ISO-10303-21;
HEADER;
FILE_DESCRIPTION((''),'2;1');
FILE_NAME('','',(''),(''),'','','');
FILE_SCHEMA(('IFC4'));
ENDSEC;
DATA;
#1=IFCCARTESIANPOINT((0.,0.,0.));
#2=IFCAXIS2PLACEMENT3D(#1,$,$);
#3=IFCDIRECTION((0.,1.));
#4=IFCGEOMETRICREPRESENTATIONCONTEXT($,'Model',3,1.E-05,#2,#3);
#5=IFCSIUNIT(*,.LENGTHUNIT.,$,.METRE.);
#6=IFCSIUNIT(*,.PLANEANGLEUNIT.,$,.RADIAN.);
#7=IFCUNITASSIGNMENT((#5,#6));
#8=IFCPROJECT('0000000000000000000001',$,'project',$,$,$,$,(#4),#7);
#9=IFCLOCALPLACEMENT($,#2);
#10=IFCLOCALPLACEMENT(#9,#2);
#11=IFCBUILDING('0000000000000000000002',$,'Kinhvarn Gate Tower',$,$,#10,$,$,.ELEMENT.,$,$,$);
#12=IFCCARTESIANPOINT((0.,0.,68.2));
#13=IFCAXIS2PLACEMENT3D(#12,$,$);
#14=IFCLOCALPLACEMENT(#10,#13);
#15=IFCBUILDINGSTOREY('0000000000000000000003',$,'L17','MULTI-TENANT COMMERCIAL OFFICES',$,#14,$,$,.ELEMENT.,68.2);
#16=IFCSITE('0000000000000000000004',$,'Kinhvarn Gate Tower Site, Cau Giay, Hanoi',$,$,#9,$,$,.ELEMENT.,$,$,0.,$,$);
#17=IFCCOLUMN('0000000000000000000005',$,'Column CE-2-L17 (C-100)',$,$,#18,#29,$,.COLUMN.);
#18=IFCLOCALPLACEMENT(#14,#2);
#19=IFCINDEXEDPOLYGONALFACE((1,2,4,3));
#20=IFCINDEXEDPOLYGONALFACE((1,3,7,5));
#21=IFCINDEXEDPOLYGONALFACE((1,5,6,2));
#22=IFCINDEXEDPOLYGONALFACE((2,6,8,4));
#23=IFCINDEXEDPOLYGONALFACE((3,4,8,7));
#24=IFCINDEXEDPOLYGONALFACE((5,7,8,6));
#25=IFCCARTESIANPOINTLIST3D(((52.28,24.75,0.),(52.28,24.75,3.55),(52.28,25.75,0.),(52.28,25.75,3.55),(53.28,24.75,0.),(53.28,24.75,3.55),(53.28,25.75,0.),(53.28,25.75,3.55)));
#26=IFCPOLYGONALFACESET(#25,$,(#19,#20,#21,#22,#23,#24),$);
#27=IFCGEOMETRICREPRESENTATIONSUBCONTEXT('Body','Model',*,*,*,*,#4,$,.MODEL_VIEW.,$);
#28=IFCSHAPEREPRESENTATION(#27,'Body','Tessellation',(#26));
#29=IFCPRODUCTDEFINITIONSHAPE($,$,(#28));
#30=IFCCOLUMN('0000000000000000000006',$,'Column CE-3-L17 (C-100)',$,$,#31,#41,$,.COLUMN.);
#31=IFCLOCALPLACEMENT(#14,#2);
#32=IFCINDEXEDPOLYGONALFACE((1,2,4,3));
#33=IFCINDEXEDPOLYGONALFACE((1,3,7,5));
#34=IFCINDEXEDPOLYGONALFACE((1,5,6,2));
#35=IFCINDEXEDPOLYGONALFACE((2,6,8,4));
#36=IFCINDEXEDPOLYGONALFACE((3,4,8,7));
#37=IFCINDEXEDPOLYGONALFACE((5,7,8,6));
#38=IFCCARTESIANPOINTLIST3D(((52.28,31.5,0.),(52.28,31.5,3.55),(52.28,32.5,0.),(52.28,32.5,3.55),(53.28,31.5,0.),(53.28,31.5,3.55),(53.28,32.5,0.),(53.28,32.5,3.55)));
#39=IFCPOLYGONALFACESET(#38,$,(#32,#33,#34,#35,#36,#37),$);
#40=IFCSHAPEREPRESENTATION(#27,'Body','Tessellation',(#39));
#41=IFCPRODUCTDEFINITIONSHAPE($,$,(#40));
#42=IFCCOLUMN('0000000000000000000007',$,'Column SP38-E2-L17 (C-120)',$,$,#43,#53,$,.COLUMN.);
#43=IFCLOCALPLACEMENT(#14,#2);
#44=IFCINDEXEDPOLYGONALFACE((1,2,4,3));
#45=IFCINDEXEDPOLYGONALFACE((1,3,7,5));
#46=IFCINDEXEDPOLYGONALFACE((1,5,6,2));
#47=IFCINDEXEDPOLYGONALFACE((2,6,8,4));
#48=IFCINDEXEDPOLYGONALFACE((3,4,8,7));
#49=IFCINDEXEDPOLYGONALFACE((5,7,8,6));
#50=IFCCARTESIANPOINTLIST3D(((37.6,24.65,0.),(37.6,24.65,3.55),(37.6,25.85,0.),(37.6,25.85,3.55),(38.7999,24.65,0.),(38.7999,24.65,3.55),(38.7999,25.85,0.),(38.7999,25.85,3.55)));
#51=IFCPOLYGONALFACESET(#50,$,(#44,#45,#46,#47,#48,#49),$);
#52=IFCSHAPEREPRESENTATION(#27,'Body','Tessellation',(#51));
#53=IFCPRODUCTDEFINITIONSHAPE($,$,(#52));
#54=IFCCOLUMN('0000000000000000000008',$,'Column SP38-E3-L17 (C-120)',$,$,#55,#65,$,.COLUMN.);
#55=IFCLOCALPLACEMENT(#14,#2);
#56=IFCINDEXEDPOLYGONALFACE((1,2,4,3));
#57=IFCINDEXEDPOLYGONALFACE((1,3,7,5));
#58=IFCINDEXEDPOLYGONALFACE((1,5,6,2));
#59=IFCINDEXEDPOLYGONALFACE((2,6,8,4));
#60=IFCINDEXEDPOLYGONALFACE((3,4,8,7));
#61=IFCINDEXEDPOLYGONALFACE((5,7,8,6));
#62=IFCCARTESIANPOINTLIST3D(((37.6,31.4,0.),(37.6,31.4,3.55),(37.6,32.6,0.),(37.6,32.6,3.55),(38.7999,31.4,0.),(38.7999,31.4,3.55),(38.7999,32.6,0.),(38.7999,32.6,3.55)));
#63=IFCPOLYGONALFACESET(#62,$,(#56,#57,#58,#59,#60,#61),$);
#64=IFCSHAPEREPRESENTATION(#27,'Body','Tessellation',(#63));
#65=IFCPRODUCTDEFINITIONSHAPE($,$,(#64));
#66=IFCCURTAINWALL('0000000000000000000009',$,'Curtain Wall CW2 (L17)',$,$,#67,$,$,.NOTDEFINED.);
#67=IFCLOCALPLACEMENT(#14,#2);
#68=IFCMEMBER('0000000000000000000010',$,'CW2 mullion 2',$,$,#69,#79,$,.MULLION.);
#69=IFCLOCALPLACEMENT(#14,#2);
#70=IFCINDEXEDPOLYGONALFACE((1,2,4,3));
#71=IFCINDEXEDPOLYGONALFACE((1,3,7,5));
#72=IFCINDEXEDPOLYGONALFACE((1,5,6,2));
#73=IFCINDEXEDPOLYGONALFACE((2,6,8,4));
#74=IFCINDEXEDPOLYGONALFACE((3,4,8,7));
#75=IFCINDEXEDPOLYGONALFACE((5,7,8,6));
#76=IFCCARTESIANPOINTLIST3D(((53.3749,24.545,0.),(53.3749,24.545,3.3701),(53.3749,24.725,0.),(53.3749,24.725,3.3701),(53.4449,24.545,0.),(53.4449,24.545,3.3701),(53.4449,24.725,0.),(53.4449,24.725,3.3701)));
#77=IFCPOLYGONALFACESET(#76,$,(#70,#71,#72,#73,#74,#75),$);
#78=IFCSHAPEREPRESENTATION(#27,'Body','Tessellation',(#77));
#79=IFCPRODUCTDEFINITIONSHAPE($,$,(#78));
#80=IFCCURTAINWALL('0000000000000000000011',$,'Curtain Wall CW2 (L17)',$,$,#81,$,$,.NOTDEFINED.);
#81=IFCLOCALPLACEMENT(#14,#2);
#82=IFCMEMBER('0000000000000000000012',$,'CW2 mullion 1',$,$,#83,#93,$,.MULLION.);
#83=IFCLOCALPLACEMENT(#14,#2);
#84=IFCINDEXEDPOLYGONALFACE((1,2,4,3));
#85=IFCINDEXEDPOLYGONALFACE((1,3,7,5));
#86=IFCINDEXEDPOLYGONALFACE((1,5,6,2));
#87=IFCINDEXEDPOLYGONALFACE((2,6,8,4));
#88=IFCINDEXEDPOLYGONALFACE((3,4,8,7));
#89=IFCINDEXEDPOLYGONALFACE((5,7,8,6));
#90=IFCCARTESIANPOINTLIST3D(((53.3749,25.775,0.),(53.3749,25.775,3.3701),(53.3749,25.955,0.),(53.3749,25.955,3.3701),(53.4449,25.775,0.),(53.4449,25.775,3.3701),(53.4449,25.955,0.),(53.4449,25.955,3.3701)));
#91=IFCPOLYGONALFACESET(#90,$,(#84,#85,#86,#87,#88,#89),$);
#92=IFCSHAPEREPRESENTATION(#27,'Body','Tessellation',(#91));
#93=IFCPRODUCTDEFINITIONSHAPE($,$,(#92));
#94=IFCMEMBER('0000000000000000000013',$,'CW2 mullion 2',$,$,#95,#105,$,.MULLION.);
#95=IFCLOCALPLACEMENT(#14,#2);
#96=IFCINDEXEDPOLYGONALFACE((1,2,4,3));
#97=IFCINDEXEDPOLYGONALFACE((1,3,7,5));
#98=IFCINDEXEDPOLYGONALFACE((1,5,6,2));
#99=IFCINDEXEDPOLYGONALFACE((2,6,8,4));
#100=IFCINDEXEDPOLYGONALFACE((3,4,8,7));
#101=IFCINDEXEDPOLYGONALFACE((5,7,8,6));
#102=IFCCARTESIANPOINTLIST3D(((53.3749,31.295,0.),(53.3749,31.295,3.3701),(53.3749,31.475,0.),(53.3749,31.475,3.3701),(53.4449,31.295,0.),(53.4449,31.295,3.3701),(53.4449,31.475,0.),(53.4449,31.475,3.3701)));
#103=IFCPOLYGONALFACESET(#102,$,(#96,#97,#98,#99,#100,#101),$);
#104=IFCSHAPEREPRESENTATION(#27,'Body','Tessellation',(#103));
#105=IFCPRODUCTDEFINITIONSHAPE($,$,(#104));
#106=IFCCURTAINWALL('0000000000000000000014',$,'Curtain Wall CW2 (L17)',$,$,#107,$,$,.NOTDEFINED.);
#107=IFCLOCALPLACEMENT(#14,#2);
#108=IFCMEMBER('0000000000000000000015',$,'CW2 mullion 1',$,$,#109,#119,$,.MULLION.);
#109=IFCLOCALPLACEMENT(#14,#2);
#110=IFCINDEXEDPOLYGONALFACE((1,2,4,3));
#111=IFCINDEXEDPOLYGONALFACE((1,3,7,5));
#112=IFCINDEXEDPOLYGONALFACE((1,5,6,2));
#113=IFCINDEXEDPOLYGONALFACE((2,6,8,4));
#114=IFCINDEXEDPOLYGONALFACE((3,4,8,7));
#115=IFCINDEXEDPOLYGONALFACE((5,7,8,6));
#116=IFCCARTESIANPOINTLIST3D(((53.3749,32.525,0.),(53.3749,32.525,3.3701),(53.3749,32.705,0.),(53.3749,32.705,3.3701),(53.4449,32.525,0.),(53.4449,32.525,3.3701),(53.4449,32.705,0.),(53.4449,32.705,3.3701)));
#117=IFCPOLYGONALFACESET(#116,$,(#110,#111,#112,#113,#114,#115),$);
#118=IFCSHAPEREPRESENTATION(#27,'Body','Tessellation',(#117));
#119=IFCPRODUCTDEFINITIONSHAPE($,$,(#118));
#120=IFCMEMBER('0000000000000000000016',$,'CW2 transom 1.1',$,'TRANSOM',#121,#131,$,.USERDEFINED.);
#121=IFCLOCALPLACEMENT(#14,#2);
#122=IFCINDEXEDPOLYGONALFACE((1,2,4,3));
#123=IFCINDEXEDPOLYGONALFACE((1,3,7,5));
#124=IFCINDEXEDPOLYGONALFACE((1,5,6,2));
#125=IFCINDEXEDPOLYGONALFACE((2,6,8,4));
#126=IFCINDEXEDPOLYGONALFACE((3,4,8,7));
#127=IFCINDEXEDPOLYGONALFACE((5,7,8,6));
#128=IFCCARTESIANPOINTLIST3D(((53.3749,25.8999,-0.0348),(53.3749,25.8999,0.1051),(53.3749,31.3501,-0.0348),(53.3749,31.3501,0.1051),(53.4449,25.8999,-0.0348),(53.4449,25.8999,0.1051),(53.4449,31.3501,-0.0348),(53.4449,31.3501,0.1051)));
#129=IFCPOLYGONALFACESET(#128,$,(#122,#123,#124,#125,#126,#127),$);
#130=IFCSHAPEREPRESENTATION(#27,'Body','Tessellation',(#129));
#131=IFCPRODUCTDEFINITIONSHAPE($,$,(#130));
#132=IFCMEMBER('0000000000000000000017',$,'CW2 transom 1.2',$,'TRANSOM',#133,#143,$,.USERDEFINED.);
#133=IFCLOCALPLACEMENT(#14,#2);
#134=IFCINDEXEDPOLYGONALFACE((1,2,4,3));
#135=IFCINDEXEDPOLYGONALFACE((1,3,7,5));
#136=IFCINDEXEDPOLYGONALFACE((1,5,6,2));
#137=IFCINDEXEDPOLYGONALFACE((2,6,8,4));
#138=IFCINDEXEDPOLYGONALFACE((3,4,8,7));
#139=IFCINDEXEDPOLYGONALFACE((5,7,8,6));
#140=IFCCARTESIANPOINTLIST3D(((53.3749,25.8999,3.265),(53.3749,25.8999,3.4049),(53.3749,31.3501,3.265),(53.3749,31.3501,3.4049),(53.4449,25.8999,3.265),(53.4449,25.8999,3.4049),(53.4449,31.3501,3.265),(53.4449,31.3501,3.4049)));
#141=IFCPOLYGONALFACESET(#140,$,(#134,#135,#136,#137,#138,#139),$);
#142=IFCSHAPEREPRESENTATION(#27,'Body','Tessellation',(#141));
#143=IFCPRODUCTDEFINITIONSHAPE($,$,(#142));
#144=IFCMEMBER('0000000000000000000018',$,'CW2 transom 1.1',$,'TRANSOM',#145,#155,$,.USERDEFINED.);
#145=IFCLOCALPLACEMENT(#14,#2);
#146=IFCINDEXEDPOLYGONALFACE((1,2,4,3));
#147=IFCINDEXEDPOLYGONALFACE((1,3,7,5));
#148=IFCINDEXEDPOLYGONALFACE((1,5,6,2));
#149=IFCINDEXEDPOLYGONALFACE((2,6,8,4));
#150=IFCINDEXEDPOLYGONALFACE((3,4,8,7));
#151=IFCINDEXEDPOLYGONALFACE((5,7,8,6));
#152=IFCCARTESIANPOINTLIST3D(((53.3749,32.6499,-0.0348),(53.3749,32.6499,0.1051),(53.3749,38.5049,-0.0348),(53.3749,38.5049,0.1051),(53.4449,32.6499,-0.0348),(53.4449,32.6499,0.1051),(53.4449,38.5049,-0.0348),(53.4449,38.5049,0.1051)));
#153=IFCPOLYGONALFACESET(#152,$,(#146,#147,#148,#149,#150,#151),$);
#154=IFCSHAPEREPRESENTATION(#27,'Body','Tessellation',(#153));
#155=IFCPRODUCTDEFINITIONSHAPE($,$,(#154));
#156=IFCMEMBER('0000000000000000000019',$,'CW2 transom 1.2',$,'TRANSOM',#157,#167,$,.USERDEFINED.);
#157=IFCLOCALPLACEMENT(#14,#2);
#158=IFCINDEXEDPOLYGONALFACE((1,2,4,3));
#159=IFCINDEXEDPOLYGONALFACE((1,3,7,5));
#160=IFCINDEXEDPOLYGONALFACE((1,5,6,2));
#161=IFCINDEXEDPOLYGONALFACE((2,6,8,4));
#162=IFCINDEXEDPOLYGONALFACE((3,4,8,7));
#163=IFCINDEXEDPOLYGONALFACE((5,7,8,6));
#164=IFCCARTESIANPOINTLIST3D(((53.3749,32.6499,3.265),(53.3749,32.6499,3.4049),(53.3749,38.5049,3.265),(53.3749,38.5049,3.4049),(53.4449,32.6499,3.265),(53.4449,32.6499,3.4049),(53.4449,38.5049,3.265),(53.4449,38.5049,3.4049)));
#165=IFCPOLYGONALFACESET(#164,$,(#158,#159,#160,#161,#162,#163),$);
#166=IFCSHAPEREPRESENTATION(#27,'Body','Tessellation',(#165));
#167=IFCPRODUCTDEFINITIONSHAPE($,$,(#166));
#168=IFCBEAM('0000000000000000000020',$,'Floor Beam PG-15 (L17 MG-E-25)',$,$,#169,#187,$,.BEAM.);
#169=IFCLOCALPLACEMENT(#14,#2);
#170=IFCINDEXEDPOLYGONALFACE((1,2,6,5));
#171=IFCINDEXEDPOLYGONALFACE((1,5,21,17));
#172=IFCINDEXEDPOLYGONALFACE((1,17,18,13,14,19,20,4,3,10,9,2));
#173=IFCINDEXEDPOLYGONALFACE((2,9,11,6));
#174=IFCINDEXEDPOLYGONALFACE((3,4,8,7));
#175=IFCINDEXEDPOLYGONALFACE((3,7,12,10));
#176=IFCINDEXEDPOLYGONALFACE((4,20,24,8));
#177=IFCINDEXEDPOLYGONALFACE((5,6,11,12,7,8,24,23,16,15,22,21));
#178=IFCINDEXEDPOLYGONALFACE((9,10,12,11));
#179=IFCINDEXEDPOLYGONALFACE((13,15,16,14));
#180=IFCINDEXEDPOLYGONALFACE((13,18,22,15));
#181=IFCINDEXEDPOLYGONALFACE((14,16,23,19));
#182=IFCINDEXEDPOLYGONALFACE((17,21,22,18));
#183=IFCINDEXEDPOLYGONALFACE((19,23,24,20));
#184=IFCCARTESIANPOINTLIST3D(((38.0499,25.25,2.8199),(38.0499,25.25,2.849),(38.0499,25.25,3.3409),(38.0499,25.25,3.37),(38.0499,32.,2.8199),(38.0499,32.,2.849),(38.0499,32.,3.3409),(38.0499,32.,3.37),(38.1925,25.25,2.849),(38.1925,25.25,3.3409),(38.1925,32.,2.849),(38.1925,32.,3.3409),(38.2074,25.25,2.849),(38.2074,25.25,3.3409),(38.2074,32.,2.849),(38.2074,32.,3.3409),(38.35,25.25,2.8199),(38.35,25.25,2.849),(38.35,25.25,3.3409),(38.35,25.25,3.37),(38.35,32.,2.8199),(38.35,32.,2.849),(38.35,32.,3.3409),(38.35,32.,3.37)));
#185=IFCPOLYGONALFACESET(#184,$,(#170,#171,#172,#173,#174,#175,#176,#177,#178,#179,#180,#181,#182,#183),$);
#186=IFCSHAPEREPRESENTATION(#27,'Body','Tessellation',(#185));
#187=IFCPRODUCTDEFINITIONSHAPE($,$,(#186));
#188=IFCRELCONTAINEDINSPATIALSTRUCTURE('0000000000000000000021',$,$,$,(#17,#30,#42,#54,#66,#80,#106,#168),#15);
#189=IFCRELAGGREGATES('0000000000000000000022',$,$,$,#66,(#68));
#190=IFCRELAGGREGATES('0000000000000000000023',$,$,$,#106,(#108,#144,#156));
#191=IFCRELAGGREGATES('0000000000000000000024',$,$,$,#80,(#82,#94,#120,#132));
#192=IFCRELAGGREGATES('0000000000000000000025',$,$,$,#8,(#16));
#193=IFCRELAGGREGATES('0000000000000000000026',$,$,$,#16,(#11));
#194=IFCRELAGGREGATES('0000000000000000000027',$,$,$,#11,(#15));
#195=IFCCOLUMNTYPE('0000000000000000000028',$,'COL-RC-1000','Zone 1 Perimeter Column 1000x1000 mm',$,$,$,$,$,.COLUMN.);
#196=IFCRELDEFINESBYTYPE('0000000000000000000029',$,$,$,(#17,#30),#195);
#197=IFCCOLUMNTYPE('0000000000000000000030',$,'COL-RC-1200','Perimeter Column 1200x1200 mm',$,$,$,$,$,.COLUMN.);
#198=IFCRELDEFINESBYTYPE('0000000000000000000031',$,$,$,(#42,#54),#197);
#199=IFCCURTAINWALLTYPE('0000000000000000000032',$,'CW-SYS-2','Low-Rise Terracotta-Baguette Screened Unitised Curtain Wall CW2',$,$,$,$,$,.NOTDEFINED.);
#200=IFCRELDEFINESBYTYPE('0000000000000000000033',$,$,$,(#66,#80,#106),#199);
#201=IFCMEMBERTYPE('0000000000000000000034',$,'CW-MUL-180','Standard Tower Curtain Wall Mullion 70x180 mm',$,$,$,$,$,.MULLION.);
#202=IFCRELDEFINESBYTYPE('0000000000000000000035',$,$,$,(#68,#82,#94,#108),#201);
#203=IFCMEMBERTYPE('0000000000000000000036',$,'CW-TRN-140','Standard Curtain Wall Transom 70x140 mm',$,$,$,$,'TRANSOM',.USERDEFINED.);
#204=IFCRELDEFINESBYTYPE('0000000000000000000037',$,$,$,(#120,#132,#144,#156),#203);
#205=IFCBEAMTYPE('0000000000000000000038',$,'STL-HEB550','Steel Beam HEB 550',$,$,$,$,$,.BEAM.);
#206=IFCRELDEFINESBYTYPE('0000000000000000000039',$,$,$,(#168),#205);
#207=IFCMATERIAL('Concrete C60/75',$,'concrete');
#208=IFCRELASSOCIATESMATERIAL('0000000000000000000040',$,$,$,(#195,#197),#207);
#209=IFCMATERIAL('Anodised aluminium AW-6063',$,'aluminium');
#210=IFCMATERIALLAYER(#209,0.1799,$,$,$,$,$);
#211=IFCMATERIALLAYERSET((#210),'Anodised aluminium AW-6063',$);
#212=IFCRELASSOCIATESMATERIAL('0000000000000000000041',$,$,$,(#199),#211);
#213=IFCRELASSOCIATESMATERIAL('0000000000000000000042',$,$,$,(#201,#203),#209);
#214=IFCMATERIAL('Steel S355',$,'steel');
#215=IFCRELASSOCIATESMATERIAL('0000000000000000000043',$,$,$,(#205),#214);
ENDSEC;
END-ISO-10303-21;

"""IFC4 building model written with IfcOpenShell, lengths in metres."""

from ifc_helpers import new_model, si_unit, direction, frame, origin, origin_2d, place, context, subcontext, project, spatial, rectangle, i_section, extrude, material, layer, layer_set, material_profile, profile_set, type_object, element, aggregate, save


model = new_model("IFC4")

# Units and contexts
model_context = context("Model", 3, precision=1e-05, world=origin(), true_north=direction((0.0, 1.0)))
body_context = subcontext(model_context, "Body", "Model", "MODEL_VIEW")
ifc_project = project(units=[si_unit("LENGTHUNIT", "METRE"), si_unit("PLANEANGLEUNIT", "RADIAN")], contexts=[model_context])

# Site, building, storey
site_placement = place(None, origin())
site = spatial("IfcSite", under=ifc_project, at=site_placement, Name="Kinhvarn Gate Tower Site, Cau Giay, Hanoi", CompositionType="ELEMENT", RefElevation=0.0)
building_placement = place(site_placement, origin())
building = spatial("IfcBuilding", under=site, at=building_placement, Name="Kinhvarn Gate Tower", CompositionType="ELEMENT")
storey_placement = place(building_placement, frame((0.0, 0.0, 68.2)))
storey = spatial("IfcBuildingStorey", under=building, at=storey_placement, Name="L17", Description="MULTI-TENANT COMMERCIAL OFFICES", CompositionType="ELEMENT", Elevation=68.2)

# Columns
ifc_material_1 = material(Name="Concrete C60/75", Category="concrete")
ifc_material_profile_1 = material_profile(ifc_material_1, rectangle(XDim=1.0, YDim=1.0, at=origin_2d()), Name="RC 1000x1000")
ifc_profile_set_1 = profile_set([ifc_material_profile_1], Name="Concrete C60/75")
column_type_1 = type_object("IfcColumnType", Name="COL-RC-1000", Description="Zone 1 Perimeter Column 1000x1000 mm", PredefinedType="COLUMN", material=ifc_profile_set_1)
for number, where, z_axis, x_axis, name in (
    (1, (52.78, 25.25, 0.0), (0.0, 0.0, 1.0), (1.0, 0.0, 0.0), "Column CE-2-L17 (C-100)"),
    (2, (52.78, 32.0, 0.0), (0.0, 0.0, 1.0), (1.0, 0.0, 0.0), "Column CE-3-L17 (C-100)"),
):
    element("IfcColumn", number, at=place(storey_placement, frame(where, z_axis=z_axis, x_axis=x_axis)), inside=storey, type_object=column_type_1, Name=name, PredefinedType="COLUMN", context=body_context, shape_type="SweptSolid", body=[
        extrude(rectangle(XDim=1.0, YDim=1.0, at=origin_2d()), origin(), (0.0, 0.0, 1.0), 3.55),
    ])
ifc_material_profile_2 = material_profile(ifc_material_1, rectangle(XDim=1.2, YDim=1.2, at=origin_2d()), Name="RC 1200x1200")
ifc_profile_set_2 = profile_set([ifc_material_profile_2], Name="Concrete C60/75")
column_type_2 = type_object("IfcColumnType", Name="COL-RC-1200", Description="Perimeter Column 1200x1200 mm", PredefinedType="COLUMN", material=ifc_profile_set_2)
for number, where, z_axis, x_axis, name in (
    (3, (38.2, 25.25, 0.0), (0.0, 0.0, 1.0), (1.0, 0.0, 0.0), "Column SP38-E2-L17 (C-120)"),
    (4, (38.2, 32.0, 0.0), (0.0, 0.0, 1.0), (1.0, 0.0, 0.0), "Column SP38-E3-L17 (C-120)"),
):
    element("IfcColumn", number, at=place(storey_placement, frame(where, z_axis=z_axis, x_axis=x_axis)), inside=storey, type_object=column_type_2, Name=name, PredefinedType="COLUMN", context=body_context, shape_type="SweptSolid", body=[
        extrude(rectangle(XDim=1.2, YDim=1.2, at=origin_2d()), origin(), (0.0, 0.0, 1.0), 3.55),
    ])

# Curtain wall, member
ifc_material_2 = material(Name="Anodised aluminium AW-6063", Category="aluminium")
ifc_layer_1 = layer(ifc_material_2, 0.1799)
ifc_layer_set_1 = layer_set([ifc_layer_1], Name="Anodised aluminium AW-6063")
curtain_wall_type = type_object("IfcCurtainWallType", Name="CW-SYS-2", Description="Low-Rise Terracotta-Baguette Screened Unitised Curtain Wall CW2", PredefinedType="NOTDEFINED", material=ifc_layer_set_1)
curtain_wall_1_placement = place(storey_placement, origin())
curtain_wall_1 = element("IfcCurtainWall", 5, at=curtain_wall_1_placement, inside=storey, type_object=curtain_wall_type, Name="Curtain Wall CW2 (L17)", PredefinedType="NOTDEFINED")
ifc_material_profile_3 = material_profile(ifc_material_2, rectangle(XDim=0.0701, YDim=0.1799, at=origin_2d()), Name="ALU 70x180")
ifc_profile_set_3 = profile_set([ifc_material_profile_3], Name="Anodised aluminium AW-6063")
member_type_1 = type_object("IfcMemberType", Name="CW-MUL-180", Description="Standard Tower Curtain Wall Mullion 70x180 mm", PredefinedType="MULLION", material=ifc_profile_set_3)
member_1_placement = place(storey_placement, frame((53.4099, 24.635, 0.0), z_axis=(0.0, 0.0, 1.0), x_axis=(-1.0, 0.0, 0.0)))
member_1 = element("IfcMember", 6, at=member_1_placement, type_object=member_type_1, Name="CW2 mullion 2", PredefinedType="MULLION", context=body_context, shape_type="SweptSolid", body=[
    extrude(rectangle(XDim=0.0701, YDim=0.1799, at=origin_2d()), origin(), (0.0, 0.0, 1.0), 3.3701),
])
aggregate(curtain_wall_1, [member_1])

# Curtain wall, members
curtain_wall_2_placement = place(storey_placement, origin())
curtain_wall_2 = element("IfcCurtainWall", 7, at=curtain_wall_2_placement, inside=storey, type_object=curtain_wall_type, Name="Curtain Wall CW2 (L17)", PredefinedType="NOTDEFINED")
member_2_placement = place(storey_placement, frame((53.4099, 25.865, 0.0), z_axis=(0.0, 0.0, 1.0), x_axis=(-1.0, 0.0, 0.0)))
member_2 = element("IfcMember", 8, at=member_2_placement, type_object=member_type_1, Name="CW2 mullion 1", PredefinedType="MULLION", context=body_context, shape_type="SweptSolid", body=[
    extrude(rectangle(XDim=0.0701, YDim=0.1799, at=origin_2d()), origin(), (0.0, 0.0, 1.0), 3.3701),
])
member_3_placement = place(storey_placement, frame((53.4099, 31.385, 0.0), z_axis=(0.0, 0.0, 1.0), x_axis=(-1.0, 0.0, 0.0)))
member_3 = element("IfcMember", 9, at=member_3_placement, type_object=member_type_1, Name="CW2 mullion 2", PredefinedType="MULLION", context=body_context, shape_type="SweptSolid", body=[
    extrude(rectangle(XDim=0.0701, YDim=0.1799, at=origin_2d()), origin(), (0.0, 0.0, 1.0), 3.3701),
])

# Curtain wall, member
curtain_wall_3_placement = place(storey_placement, origin())
curtain_wall_3 = element("IfcCurtainWall", 10, at=curtain_wall_3_placement, inside=storey, type_object=curtain_wall_type, Name="Curtain Wall CW2 (L17)", PredefinedType="NOTDEFINED")
member_4_placement = place(storey_placement, frame((53.4099, 32.615, 0.0), z_axis=(0.0, 0.0, 1.0), x_axis=(-1.0, 0.0, 0.0)))
member_4 = element("IfcMember", 11, at=member_4_placement, type_object=member_type_1, Name="CW2 mullion 1", PredefinedType="MULLION", context=body_context, shape_type="SweptSolid", body=[
    extrude(rectangle(XDim=0.0701, YDim=0.1799, at=origin_2d()), origin(), (0.0, 0.0, 1.0), 3.3701),
])

# Members
ifc_material_profile_4 = material_profile(ifc_material_2, rectangle(XDim=0.0701, YDim=0.1399, at=origin_2d()), Name="ALU 70x140")
ifc_profile_set_4 = profile_set([ifc_material_profile_4], Name="Anodised aluminium AW-6063")
member_type_2 = type_object("IfcMemberType", Name="CW-TRN-140", Description="Standard Curtain Wall Transom 70x140 mm", ElementType="TRANSOM", PredefinedType="USERDEFINED", material=ifc_profile_set_4)
member_5_placement = place(storey_placement, frame((53.4099, 25.8999, 0.0352), z_axis=(0.0, 1.0, 0.0), x_axis=(-1.0, 0.0, 0.0)))
member_5 = element("IfcMember", 12, at=member_5_placement, type_object=member_type_2, Name="CW2 transom 1.1", ObjectType="TRANSOM", PredefinedType="USERDEFINED", context=body_context, shape_type="SweptSolid", body=[
    extrude(rectangle(XDim=0.0701, YDim=0.1399, at=origin_2d()), origin(), (0.0, 0.0, 1.0), 5.4502),
])
member_6_placement = place(storey_placement, frame((53.4099, 25.8999, 3.335), z_axis=(0.0, 1.0, 0.0), x_axis=(-1.0, 0.0, 0.0)))
member_6 = element("IfcMember", 13, at=member_6_placement, type_object=member_type_2, Name="CW2 transom 1.2", ObjectType="TRANSOM", PredefinedType="USERDEFINED", context=body_context, shape_type="SweptSolid", body=[
    extrude(rectangle(XDim=0.0701, YDim=0.1399, at=origin_2d()), origin(), (0.0, 0.0, 1.0), 5.4502),
])
member_7_placement = place(storey_placement, frame((53.4099, 32.6499, 0.0352), z_axis=(0.0, 1.0, 0.0), x_axis=(-1.0, 0.0, 0.0)))
member_7 = element("IfcMember", 14, at=member_7_placement, type_object=member_type_2, Name="CW2 transom 1.1", ObjectType="TRANSOM", PredefinedType="USERDEFINED", context=body_context, shape_type="SweptSolid", body=[
    extrude(rectangle(XDim=0.0701, YDim=0.1399, at=origin_2d()), origin(), (0.0, 0.0, 1.0), 5.855),
])
member_8_placement = place(storey_placement, frame((53.4099, 32.6499, 3.335), z_axis=(0.0, 1.0, 0.0), x_axis=(-1.0, 0.0, 0.0)))
member_8 = element("IfcMember", 15, at=member_8_placement, type_object=member_type_2, Name="CW2 transom 1.2", ObjectType="TRANSOM", PredefinedType="USERDEFINED", context=body_context, shape_type="SweptSolid", body=[
    extrude(rectangle(XDim=0.0701, YDim=0.1399, at=origin_2d()), origin(), (0.0, 0.0, 1.0), 5.855),
])
aggregate(curtain_wall_3, [member_4, member_7, member_8])

# Beam
ifc_material_3 = material(Name="Steel S355", Category="steel")
ifc_material_profile_5 = material_profile(ifc_material_3, i_section(OverallWidth=0.3, OverallDepth=0.55, WebThickness=0.0149, FlangeThickness=0.0291, at=origin_2d()), Name="HEB 550")
ifc_profile_set_5 = profile_set([ifc_material_profile_5], Name="Steel S355")
beam_type_1 = type_object("IfcBeamType", Name="STL-HEB550", Description="Steel Beam HEB 550", PredefinedType="BEAM", material=ifc_profile_set_5)
beam_1_placement = place(storey_placement, frame((38.2, 25.25, 3.095), z_axis=(0.0, 1.0, 0.0), x_axis=(-1.0, 0.0, 0.0)))
element("IfcBeam", 16, at=beam_1_placement, inside=storey, type_object=beam_type_1, Name="Floor Beam PG-15 (L17 MG-E-25)", PredefinedType="BEAM", context=body_context, shape_type="SweptSolid", body=[
    extrude(i_section(OverallWidth=0.3, OverallDepth=0.55, WebThickness=0.0149, FlangeThickness=0.0291, at=origin_2d()), origin(), (0.0, 0.0, 1.0), 6.75),
])

aggregate(curtain_wall_2, [member_2, member_3, member_5, member_6])

save(model, "model.ifc")
